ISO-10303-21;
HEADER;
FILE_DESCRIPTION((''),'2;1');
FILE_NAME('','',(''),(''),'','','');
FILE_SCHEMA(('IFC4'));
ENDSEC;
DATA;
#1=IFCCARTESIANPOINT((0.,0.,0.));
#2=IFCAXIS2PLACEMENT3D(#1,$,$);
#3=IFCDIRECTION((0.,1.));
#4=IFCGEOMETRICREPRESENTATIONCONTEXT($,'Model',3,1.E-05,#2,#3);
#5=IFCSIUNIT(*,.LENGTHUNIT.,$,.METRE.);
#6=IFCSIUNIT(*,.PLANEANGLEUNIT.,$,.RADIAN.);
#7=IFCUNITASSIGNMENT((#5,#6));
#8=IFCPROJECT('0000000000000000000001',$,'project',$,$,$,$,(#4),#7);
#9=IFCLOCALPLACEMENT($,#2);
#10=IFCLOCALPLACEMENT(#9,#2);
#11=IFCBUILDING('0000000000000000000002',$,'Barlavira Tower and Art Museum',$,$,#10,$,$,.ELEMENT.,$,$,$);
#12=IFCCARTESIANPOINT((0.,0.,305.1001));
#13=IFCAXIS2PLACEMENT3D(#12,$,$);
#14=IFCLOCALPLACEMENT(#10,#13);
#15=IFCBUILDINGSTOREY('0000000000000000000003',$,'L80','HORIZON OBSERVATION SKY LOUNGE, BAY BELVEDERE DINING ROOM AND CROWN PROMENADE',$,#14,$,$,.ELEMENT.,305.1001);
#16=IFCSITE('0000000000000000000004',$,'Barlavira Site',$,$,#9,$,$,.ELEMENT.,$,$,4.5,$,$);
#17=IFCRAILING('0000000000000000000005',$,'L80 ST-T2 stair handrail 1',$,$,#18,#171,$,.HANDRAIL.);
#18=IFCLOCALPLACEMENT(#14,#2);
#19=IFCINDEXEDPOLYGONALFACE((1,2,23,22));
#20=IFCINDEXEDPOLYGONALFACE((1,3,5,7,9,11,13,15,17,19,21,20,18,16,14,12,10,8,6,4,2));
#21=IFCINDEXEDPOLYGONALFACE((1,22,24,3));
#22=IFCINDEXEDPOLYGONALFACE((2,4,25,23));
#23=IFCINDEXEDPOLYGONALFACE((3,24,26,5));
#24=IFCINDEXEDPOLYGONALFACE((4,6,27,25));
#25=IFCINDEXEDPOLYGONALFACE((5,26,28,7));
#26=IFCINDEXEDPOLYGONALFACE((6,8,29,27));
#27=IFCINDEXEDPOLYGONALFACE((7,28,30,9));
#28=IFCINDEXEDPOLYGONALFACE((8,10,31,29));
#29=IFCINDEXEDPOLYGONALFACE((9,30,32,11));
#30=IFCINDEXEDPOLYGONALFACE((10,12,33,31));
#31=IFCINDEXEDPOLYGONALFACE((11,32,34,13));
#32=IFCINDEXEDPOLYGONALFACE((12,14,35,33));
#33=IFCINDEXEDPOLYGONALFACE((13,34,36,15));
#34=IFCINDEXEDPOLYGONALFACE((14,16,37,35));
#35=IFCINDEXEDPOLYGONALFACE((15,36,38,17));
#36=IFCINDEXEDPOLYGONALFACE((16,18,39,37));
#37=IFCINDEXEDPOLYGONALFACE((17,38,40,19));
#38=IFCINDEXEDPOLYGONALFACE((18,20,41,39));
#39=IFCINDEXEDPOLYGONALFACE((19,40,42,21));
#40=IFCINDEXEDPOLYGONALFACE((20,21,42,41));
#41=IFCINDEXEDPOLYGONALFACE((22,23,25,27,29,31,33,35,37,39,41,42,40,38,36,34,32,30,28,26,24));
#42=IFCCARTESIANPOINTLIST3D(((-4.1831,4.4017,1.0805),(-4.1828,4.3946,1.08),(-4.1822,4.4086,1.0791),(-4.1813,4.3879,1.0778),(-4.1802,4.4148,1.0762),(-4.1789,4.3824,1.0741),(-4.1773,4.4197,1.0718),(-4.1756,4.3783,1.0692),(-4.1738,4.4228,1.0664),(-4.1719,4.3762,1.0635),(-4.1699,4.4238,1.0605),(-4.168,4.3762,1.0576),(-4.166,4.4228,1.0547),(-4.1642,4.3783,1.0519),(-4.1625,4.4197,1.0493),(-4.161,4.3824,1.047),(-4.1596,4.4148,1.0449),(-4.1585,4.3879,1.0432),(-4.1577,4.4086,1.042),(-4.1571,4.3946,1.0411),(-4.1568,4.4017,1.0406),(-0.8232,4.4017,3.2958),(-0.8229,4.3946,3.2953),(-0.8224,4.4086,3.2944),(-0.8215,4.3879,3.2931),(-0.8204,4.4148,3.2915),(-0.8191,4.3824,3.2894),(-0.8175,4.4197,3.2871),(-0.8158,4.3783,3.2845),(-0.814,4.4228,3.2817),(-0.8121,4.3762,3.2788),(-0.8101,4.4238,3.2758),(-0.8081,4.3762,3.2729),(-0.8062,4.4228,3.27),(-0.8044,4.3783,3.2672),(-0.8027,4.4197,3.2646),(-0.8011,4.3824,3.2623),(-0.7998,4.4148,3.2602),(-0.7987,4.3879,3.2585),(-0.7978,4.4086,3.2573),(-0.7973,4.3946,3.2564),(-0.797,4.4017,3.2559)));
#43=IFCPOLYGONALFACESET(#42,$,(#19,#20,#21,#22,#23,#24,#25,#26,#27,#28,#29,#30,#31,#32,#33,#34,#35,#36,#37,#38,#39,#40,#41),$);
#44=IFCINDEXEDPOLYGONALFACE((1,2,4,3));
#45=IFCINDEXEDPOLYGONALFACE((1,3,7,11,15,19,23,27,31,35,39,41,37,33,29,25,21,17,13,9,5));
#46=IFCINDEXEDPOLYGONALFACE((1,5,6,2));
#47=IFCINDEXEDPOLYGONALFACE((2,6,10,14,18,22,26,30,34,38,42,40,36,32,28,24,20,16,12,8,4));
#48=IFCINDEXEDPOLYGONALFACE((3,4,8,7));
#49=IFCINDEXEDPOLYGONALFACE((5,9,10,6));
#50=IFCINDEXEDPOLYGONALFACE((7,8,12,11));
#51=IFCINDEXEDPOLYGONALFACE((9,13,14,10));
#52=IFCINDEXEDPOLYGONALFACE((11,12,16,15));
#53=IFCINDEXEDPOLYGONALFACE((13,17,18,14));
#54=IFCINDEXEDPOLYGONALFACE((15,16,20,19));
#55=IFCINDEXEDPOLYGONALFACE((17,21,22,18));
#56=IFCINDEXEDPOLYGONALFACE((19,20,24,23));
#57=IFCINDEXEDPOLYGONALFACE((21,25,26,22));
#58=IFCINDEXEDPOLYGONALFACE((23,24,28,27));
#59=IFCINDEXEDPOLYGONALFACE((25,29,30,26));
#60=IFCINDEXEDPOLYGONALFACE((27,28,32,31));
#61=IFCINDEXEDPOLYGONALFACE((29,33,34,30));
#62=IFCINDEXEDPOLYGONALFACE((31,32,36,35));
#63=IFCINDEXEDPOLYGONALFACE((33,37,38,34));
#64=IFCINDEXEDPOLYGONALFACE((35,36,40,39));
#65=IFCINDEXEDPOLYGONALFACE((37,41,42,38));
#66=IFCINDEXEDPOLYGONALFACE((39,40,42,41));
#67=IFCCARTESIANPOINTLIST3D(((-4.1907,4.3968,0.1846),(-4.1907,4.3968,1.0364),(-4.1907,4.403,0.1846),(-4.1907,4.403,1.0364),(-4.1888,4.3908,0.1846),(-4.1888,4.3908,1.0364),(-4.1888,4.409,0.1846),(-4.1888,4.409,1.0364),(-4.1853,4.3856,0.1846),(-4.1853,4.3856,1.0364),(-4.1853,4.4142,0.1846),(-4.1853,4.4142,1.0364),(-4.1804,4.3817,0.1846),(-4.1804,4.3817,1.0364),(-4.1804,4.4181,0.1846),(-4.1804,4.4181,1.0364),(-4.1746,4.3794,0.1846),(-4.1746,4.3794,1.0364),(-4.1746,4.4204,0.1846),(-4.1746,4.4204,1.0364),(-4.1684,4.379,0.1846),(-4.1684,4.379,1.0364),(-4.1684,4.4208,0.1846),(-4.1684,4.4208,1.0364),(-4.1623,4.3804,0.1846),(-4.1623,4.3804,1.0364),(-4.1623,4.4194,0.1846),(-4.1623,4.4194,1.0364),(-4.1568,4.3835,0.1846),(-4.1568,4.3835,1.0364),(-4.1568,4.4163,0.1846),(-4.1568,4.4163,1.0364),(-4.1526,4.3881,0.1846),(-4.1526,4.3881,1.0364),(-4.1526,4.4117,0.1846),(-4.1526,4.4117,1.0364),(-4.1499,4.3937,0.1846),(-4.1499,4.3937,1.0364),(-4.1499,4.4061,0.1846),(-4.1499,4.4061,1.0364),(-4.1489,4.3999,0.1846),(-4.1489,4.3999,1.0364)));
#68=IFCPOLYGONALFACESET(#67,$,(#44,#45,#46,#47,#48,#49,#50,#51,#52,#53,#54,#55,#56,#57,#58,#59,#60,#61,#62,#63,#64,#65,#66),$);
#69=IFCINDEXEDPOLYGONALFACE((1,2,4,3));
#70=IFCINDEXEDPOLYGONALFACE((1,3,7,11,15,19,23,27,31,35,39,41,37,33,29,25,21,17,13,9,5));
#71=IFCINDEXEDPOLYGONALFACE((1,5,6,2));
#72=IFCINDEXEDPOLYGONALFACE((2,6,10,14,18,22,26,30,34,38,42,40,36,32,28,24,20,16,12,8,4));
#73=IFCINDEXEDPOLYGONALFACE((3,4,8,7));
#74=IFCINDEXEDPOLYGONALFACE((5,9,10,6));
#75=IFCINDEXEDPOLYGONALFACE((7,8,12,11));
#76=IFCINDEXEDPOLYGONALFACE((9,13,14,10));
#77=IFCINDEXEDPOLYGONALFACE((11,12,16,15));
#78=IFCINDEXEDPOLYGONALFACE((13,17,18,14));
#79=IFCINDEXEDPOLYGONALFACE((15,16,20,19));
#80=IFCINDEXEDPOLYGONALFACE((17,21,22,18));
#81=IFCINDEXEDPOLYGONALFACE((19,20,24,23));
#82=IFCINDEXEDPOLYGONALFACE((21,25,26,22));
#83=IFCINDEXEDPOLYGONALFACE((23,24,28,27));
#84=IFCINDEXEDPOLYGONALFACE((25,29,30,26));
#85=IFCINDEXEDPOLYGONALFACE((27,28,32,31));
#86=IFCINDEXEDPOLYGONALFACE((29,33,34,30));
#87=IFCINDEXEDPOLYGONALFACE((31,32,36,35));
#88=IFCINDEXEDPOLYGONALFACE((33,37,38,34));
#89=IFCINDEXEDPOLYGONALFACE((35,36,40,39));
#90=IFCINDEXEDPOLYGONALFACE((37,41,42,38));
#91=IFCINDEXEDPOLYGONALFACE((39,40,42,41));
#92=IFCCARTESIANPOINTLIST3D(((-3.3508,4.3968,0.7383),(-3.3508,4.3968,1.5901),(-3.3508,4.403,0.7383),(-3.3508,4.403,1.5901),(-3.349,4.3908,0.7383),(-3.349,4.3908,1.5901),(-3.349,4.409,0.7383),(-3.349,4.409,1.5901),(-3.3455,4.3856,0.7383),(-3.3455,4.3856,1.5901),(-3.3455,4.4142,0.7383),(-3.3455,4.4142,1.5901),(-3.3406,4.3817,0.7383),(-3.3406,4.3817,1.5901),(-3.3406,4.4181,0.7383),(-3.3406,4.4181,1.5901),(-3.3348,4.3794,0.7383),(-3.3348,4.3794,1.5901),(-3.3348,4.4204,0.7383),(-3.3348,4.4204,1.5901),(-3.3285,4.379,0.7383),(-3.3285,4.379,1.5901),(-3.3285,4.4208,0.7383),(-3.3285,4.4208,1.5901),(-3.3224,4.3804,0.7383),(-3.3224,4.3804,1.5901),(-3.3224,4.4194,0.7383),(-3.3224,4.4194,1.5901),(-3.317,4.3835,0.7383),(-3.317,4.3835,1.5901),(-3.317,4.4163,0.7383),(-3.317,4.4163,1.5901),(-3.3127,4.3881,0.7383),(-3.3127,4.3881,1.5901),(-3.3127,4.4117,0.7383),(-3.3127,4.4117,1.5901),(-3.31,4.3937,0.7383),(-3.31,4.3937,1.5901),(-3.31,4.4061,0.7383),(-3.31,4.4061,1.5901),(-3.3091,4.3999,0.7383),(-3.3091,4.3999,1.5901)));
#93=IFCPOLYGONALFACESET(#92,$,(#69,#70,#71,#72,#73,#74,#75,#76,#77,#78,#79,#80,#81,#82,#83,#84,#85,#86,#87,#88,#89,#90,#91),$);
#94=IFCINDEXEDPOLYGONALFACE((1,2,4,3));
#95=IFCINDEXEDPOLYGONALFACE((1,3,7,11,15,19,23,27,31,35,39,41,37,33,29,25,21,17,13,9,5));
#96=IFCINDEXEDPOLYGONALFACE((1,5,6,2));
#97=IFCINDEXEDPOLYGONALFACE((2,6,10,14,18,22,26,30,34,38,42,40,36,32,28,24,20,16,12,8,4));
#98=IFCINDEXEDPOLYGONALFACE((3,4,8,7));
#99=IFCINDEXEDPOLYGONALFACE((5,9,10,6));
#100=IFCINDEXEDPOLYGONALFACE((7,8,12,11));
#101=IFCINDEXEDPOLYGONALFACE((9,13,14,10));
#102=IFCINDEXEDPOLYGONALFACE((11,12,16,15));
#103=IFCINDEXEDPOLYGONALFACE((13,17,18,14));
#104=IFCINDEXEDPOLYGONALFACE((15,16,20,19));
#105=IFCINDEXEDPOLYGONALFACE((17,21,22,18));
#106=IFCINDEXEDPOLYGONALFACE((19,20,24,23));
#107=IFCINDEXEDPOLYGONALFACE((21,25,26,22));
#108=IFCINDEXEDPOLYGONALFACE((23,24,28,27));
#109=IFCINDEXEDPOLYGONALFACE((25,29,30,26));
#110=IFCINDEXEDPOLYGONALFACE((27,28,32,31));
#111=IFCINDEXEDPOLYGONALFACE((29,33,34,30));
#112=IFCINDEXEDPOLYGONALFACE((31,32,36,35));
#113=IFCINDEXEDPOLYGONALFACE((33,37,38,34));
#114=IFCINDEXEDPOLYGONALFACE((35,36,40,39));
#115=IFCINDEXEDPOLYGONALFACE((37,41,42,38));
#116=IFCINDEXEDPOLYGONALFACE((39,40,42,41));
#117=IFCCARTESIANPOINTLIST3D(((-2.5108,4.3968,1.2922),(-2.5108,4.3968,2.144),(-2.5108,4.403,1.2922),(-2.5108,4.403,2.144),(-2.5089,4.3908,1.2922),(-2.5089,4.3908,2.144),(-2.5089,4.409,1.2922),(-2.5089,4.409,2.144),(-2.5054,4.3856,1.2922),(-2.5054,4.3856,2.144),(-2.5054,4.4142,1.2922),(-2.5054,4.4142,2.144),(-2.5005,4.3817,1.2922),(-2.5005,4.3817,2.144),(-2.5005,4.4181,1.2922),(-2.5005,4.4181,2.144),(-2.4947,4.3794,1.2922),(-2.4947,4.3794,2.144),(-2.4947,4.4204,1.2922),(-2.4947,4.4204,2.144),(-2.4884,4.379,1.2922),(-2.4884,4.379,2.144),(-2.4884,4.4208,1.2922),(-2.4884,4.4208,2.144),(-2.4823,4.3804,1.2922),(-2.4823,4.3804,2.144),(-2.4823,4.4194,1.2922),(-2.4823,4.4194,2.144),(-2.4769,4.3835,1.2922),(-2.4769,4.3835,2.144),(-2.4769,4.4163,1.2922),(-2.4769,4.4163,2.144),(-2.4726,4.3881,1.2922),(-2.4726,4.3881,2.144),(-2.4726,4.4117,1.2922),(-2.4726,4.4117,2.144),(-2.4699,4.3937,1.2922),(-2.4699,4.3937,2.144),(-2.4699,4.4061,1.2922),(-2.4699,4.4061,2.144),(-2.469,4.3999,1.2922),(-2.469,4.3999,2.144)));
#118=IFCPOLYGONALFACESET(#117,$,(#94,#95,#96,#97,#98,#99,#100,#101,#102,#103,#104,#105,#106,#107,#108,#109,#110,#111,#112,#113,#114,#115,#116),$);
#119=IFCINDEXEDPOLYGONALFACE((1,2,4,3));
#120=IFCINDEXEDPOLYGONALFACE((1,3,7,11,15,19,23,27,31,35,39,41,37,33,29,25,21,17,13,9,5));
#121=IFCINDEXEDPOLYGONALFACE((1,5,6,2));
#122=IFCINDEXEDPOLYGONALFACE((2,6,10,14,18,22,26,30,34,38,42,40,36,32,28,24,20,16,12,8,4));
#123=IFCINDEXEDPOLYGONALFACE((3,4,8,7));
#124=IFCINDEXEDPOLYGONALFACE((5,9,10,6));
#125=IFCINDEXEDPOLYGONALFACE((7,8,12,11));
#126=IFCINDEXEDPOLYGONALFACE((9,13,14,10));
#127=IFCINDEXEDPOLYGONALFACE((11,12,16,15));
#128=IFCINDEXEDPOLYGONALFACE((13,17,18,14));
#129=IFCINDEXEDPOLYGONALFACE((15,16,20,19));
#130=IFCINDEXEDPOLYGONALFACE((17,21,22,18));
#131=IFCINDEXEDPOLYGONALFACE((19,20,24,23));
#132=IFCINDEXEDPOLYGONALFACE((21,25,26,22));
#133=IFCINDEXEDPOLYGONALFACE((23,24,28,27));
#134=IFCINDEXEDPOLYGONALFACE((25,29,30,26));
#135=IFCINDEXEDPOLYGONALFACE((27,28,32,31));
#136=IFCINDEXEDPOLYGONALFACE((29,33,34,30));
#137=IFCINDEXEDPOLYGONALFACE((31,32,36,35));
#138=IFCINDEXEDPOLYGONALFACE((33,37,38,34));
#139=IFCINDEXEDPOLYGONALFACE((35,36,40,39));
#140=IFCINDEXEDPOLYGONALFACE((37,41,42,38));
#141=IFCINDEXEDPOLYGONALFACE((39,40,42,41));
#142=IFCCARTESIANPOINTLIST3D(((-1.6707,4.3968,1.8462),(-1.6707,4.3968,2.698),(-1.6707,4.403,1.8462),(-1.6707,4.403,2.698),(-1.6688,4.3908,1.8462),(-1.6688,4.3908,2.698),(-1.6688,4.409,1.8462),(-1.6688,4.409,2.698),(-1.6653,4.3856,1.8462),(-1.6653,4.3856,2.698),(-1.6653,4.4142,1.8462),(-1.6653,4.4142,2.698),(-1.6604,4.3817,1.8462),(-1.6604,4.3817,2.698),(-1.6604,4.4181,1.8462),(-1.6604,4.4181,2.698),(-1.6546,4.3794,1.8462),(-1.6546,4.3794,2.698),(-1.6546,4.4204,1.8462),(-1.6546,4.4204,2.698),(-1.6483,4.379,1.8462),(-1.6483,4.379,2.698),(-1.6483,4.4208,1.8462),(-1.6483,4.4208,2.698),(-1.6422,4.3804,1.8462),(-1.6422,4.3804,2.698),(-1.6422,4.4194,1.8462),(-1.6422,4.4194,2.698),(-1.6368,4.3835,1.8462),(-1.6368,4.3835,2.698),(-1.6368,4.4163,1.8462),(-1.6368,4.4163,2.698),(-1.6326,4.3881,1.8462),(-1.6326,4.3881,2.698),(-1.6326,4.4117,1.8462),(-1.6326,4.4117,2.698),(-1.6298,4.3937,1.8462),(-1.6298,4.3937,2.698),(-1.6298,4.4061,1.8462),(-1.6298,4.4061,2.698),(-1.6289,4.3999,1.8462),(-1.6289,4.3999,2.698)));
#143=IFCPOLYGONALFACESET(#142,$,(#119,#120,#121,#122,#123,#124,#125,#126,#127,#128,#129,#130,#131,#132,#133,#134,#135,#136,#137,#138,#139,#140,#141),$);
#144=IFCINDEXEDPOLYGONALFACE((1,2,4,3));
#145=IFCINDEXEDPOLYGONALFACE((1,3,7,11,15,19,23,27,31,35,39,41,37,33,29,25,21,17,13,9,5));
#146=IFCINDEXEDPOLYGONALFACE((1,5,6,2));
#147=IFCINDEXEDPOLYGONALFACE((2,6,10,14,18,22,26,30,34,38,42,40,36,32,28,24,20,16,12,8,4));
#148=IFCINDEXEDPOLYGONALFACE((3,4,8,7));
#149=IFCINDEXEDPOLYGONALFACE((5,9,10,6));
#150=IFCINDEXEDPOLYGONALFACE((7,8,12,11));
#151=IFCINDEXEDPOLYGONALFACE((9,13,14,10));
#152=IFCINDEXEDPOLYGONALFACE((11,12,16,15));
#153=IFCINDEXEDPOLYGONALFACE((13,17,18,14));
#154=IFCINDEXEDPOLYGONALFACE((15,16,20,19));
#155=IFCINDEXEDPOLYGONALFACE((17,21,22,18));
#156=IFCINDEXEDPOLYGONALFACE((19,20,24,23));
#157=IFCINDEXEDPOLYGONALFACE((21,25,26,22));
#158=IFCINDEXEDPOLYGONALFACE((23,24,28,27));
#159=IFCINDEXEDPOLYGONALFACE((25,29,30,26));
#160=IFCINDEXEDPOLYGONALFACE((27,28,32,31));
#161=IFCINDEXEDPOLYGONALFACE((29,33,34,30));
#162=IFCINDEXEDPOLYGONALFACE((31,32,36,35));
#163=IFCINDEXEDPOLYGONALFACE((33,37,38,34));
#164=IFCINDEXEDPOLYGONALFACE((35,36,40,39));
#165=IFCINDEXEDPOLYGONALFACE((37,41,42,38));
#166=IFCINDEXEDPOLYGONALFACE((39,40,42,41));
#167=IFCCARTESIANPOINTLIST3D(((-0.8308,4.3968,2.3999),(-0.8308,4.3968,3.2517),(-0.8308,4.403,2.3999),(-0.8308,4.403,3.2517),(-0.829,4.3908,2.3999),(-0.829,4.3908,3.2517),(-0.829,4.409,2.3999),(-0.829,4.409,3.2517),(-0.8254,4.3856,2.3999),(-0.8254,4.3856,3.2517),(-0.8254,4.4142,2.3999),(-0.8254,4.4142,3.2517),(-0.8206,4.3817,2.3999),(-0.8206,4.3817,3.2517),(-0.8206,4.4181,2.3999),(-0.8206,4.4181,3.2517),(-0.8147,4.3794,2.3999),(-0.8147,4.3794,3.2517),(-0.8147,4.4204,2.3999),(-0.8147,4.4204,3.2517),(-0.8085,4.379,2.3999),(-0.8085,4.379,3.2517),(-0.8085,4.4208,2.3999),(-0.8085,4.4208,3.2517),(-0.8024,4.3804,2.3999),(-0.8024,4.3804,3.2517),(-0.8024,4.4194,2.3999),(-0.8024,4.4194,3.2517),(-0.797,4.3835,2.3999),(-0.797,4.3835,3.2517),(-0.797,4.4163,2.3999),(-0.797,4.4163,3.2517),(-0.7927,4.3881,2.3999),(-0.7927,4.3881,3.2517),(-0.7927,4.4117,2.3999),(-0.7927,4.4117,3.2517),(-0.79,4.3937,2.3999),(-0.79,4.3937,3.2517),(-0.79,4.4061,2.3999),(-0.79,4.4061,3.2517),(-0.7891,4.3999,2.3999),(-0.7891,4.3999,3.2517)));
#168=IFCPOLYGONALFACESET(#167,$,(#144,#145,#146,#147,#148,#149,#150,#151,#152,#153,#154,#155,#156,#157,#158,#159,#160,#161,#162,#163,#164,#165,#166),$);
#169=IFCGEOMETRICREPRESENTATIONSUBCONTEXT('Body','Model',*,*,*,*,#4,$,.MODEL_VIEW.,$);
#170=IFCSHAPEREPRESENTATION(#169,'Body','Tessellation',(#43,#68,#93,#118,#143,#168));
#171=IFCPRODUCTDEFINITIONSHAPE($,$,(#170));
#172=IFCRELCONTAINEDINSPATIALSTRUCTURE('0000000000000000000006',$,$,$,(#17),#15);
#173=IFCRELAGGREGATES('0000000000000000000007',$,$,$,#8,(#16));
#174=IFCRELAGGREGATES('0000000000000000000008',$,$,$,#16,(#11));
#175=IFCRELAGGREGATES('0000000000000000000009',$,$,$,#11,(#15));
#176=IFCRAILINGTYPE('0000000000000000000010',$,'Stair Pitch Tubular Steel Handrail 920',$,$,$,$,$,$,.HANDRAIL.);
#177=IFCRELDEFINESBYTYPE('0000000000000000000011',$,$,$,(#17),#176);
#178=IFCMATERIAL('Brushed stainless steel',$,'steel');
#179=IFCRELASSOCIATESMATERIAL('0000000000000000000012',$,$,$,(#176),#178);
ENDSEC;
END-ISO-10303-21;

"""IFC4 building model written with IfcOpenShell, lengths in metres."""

from ifc_helpers import new_model, si_unit, direction, frame, origin, origin_2d, place, context, subcontext, project, spatial, circle, extrude, material, type_object, element, save


model = new_model("IFC4")

# Units and contexts
model_context = context("Model", 3, precision=1e-05, world=origin(), true_north=direction((0.0, 1.0)))
body_context = subcontext(model_context, "Body", "Model", "MODEL_VIEW")
ifc_project = project(units=[si_unit("LENGTHUNIT", "METRE"), si_unit("PLANEANGLEUNIT", "RADIAN")], contexts=[model_context])

# Site, building, storey
site_placement = place(None, origin())
site = spatial("IfcSite", under=ifc_project, at=site_placement, Name="Barlavira Site", CompositionType="ELEMENT", RefElevation=4.5)
building_placement = place(site_placement, origin())
building = spatial("IfcBuilding", under=site, at=building_placement, Name="Barlavira Tower and Art Museum", CompositionType="ELEMENT")
storey_placement = place(building_placement, frame((0.0, 0.0, 305.1001)))
storey = spatial("IfcBuildingStorey", under=building, at=storey_placement, Name="L80", Description="HORIZON OBSERVATION SKY LOUNGE, BAY BELVEDERE DINING ROOM AND CROWN PROMENADE", CompositionType="ELEMENT", Elevation=305.1001)

# Shared definitions
ifc_material_1 = material(Name="Brushed stainless steel", Category="steel")

# Railing
railing_type_1 = type_object("IfcRailingType", Name="Stair Pitch Tubular Steel Handrail 920", PredefinedType="HANDRAIL", material=ifc_material_1)
railing_1_placement = place(storey_placement, frame((-4.1699, 4.3999, 0.1846)))
element("IfcRailing", 1, at=railing_1_placement, inside=storey, type_object=railing_type_1, Name="L80 ST-T2 stair handrail 1", PredefinedType="HANDRAIL", context=body_context, shape_type="SweptSolid", body=[
    extrude(circle(Radius=0.0239, at=origin_2d()), frame((0.0, 0.0, 0.876), z_axis=(0.834858, 0.0, 0.550465), x_axis=(0.0, 1.0, 0.0)), (0.0, 0.0, 1.0), 4.0244),
    extrude(circle(Radius=0.021, at=origin_2d()), origin(), (0.0, 0.0, 1.0), 0.8518),
    extrude(circle(Radius=0.021, at=origin_2d()), frame((0.8398, 0.0, 0.5537)), (0.0, 0.0, 1.0), 0.8518),
    extrude(circle(Radius=0.021, at=origin_2d()), frame((1.6799, 0.0, 1.1077)), (0.0, 0.0, 1.0), 0.8518),
    extrude(circle(Radius=0.021, at=origin_2d()), frame((2.52, 0.0, 1.6616)), (0.0, 0.0, 1.0), 0.8518),
    extrude(circle(Radius=0.021, at=origin_2d()), frame((3.3599, 0.0, 2.2153)), (0.0, 0.0, 1.0), 0.8518),
])

save(model, "model.ifc")
